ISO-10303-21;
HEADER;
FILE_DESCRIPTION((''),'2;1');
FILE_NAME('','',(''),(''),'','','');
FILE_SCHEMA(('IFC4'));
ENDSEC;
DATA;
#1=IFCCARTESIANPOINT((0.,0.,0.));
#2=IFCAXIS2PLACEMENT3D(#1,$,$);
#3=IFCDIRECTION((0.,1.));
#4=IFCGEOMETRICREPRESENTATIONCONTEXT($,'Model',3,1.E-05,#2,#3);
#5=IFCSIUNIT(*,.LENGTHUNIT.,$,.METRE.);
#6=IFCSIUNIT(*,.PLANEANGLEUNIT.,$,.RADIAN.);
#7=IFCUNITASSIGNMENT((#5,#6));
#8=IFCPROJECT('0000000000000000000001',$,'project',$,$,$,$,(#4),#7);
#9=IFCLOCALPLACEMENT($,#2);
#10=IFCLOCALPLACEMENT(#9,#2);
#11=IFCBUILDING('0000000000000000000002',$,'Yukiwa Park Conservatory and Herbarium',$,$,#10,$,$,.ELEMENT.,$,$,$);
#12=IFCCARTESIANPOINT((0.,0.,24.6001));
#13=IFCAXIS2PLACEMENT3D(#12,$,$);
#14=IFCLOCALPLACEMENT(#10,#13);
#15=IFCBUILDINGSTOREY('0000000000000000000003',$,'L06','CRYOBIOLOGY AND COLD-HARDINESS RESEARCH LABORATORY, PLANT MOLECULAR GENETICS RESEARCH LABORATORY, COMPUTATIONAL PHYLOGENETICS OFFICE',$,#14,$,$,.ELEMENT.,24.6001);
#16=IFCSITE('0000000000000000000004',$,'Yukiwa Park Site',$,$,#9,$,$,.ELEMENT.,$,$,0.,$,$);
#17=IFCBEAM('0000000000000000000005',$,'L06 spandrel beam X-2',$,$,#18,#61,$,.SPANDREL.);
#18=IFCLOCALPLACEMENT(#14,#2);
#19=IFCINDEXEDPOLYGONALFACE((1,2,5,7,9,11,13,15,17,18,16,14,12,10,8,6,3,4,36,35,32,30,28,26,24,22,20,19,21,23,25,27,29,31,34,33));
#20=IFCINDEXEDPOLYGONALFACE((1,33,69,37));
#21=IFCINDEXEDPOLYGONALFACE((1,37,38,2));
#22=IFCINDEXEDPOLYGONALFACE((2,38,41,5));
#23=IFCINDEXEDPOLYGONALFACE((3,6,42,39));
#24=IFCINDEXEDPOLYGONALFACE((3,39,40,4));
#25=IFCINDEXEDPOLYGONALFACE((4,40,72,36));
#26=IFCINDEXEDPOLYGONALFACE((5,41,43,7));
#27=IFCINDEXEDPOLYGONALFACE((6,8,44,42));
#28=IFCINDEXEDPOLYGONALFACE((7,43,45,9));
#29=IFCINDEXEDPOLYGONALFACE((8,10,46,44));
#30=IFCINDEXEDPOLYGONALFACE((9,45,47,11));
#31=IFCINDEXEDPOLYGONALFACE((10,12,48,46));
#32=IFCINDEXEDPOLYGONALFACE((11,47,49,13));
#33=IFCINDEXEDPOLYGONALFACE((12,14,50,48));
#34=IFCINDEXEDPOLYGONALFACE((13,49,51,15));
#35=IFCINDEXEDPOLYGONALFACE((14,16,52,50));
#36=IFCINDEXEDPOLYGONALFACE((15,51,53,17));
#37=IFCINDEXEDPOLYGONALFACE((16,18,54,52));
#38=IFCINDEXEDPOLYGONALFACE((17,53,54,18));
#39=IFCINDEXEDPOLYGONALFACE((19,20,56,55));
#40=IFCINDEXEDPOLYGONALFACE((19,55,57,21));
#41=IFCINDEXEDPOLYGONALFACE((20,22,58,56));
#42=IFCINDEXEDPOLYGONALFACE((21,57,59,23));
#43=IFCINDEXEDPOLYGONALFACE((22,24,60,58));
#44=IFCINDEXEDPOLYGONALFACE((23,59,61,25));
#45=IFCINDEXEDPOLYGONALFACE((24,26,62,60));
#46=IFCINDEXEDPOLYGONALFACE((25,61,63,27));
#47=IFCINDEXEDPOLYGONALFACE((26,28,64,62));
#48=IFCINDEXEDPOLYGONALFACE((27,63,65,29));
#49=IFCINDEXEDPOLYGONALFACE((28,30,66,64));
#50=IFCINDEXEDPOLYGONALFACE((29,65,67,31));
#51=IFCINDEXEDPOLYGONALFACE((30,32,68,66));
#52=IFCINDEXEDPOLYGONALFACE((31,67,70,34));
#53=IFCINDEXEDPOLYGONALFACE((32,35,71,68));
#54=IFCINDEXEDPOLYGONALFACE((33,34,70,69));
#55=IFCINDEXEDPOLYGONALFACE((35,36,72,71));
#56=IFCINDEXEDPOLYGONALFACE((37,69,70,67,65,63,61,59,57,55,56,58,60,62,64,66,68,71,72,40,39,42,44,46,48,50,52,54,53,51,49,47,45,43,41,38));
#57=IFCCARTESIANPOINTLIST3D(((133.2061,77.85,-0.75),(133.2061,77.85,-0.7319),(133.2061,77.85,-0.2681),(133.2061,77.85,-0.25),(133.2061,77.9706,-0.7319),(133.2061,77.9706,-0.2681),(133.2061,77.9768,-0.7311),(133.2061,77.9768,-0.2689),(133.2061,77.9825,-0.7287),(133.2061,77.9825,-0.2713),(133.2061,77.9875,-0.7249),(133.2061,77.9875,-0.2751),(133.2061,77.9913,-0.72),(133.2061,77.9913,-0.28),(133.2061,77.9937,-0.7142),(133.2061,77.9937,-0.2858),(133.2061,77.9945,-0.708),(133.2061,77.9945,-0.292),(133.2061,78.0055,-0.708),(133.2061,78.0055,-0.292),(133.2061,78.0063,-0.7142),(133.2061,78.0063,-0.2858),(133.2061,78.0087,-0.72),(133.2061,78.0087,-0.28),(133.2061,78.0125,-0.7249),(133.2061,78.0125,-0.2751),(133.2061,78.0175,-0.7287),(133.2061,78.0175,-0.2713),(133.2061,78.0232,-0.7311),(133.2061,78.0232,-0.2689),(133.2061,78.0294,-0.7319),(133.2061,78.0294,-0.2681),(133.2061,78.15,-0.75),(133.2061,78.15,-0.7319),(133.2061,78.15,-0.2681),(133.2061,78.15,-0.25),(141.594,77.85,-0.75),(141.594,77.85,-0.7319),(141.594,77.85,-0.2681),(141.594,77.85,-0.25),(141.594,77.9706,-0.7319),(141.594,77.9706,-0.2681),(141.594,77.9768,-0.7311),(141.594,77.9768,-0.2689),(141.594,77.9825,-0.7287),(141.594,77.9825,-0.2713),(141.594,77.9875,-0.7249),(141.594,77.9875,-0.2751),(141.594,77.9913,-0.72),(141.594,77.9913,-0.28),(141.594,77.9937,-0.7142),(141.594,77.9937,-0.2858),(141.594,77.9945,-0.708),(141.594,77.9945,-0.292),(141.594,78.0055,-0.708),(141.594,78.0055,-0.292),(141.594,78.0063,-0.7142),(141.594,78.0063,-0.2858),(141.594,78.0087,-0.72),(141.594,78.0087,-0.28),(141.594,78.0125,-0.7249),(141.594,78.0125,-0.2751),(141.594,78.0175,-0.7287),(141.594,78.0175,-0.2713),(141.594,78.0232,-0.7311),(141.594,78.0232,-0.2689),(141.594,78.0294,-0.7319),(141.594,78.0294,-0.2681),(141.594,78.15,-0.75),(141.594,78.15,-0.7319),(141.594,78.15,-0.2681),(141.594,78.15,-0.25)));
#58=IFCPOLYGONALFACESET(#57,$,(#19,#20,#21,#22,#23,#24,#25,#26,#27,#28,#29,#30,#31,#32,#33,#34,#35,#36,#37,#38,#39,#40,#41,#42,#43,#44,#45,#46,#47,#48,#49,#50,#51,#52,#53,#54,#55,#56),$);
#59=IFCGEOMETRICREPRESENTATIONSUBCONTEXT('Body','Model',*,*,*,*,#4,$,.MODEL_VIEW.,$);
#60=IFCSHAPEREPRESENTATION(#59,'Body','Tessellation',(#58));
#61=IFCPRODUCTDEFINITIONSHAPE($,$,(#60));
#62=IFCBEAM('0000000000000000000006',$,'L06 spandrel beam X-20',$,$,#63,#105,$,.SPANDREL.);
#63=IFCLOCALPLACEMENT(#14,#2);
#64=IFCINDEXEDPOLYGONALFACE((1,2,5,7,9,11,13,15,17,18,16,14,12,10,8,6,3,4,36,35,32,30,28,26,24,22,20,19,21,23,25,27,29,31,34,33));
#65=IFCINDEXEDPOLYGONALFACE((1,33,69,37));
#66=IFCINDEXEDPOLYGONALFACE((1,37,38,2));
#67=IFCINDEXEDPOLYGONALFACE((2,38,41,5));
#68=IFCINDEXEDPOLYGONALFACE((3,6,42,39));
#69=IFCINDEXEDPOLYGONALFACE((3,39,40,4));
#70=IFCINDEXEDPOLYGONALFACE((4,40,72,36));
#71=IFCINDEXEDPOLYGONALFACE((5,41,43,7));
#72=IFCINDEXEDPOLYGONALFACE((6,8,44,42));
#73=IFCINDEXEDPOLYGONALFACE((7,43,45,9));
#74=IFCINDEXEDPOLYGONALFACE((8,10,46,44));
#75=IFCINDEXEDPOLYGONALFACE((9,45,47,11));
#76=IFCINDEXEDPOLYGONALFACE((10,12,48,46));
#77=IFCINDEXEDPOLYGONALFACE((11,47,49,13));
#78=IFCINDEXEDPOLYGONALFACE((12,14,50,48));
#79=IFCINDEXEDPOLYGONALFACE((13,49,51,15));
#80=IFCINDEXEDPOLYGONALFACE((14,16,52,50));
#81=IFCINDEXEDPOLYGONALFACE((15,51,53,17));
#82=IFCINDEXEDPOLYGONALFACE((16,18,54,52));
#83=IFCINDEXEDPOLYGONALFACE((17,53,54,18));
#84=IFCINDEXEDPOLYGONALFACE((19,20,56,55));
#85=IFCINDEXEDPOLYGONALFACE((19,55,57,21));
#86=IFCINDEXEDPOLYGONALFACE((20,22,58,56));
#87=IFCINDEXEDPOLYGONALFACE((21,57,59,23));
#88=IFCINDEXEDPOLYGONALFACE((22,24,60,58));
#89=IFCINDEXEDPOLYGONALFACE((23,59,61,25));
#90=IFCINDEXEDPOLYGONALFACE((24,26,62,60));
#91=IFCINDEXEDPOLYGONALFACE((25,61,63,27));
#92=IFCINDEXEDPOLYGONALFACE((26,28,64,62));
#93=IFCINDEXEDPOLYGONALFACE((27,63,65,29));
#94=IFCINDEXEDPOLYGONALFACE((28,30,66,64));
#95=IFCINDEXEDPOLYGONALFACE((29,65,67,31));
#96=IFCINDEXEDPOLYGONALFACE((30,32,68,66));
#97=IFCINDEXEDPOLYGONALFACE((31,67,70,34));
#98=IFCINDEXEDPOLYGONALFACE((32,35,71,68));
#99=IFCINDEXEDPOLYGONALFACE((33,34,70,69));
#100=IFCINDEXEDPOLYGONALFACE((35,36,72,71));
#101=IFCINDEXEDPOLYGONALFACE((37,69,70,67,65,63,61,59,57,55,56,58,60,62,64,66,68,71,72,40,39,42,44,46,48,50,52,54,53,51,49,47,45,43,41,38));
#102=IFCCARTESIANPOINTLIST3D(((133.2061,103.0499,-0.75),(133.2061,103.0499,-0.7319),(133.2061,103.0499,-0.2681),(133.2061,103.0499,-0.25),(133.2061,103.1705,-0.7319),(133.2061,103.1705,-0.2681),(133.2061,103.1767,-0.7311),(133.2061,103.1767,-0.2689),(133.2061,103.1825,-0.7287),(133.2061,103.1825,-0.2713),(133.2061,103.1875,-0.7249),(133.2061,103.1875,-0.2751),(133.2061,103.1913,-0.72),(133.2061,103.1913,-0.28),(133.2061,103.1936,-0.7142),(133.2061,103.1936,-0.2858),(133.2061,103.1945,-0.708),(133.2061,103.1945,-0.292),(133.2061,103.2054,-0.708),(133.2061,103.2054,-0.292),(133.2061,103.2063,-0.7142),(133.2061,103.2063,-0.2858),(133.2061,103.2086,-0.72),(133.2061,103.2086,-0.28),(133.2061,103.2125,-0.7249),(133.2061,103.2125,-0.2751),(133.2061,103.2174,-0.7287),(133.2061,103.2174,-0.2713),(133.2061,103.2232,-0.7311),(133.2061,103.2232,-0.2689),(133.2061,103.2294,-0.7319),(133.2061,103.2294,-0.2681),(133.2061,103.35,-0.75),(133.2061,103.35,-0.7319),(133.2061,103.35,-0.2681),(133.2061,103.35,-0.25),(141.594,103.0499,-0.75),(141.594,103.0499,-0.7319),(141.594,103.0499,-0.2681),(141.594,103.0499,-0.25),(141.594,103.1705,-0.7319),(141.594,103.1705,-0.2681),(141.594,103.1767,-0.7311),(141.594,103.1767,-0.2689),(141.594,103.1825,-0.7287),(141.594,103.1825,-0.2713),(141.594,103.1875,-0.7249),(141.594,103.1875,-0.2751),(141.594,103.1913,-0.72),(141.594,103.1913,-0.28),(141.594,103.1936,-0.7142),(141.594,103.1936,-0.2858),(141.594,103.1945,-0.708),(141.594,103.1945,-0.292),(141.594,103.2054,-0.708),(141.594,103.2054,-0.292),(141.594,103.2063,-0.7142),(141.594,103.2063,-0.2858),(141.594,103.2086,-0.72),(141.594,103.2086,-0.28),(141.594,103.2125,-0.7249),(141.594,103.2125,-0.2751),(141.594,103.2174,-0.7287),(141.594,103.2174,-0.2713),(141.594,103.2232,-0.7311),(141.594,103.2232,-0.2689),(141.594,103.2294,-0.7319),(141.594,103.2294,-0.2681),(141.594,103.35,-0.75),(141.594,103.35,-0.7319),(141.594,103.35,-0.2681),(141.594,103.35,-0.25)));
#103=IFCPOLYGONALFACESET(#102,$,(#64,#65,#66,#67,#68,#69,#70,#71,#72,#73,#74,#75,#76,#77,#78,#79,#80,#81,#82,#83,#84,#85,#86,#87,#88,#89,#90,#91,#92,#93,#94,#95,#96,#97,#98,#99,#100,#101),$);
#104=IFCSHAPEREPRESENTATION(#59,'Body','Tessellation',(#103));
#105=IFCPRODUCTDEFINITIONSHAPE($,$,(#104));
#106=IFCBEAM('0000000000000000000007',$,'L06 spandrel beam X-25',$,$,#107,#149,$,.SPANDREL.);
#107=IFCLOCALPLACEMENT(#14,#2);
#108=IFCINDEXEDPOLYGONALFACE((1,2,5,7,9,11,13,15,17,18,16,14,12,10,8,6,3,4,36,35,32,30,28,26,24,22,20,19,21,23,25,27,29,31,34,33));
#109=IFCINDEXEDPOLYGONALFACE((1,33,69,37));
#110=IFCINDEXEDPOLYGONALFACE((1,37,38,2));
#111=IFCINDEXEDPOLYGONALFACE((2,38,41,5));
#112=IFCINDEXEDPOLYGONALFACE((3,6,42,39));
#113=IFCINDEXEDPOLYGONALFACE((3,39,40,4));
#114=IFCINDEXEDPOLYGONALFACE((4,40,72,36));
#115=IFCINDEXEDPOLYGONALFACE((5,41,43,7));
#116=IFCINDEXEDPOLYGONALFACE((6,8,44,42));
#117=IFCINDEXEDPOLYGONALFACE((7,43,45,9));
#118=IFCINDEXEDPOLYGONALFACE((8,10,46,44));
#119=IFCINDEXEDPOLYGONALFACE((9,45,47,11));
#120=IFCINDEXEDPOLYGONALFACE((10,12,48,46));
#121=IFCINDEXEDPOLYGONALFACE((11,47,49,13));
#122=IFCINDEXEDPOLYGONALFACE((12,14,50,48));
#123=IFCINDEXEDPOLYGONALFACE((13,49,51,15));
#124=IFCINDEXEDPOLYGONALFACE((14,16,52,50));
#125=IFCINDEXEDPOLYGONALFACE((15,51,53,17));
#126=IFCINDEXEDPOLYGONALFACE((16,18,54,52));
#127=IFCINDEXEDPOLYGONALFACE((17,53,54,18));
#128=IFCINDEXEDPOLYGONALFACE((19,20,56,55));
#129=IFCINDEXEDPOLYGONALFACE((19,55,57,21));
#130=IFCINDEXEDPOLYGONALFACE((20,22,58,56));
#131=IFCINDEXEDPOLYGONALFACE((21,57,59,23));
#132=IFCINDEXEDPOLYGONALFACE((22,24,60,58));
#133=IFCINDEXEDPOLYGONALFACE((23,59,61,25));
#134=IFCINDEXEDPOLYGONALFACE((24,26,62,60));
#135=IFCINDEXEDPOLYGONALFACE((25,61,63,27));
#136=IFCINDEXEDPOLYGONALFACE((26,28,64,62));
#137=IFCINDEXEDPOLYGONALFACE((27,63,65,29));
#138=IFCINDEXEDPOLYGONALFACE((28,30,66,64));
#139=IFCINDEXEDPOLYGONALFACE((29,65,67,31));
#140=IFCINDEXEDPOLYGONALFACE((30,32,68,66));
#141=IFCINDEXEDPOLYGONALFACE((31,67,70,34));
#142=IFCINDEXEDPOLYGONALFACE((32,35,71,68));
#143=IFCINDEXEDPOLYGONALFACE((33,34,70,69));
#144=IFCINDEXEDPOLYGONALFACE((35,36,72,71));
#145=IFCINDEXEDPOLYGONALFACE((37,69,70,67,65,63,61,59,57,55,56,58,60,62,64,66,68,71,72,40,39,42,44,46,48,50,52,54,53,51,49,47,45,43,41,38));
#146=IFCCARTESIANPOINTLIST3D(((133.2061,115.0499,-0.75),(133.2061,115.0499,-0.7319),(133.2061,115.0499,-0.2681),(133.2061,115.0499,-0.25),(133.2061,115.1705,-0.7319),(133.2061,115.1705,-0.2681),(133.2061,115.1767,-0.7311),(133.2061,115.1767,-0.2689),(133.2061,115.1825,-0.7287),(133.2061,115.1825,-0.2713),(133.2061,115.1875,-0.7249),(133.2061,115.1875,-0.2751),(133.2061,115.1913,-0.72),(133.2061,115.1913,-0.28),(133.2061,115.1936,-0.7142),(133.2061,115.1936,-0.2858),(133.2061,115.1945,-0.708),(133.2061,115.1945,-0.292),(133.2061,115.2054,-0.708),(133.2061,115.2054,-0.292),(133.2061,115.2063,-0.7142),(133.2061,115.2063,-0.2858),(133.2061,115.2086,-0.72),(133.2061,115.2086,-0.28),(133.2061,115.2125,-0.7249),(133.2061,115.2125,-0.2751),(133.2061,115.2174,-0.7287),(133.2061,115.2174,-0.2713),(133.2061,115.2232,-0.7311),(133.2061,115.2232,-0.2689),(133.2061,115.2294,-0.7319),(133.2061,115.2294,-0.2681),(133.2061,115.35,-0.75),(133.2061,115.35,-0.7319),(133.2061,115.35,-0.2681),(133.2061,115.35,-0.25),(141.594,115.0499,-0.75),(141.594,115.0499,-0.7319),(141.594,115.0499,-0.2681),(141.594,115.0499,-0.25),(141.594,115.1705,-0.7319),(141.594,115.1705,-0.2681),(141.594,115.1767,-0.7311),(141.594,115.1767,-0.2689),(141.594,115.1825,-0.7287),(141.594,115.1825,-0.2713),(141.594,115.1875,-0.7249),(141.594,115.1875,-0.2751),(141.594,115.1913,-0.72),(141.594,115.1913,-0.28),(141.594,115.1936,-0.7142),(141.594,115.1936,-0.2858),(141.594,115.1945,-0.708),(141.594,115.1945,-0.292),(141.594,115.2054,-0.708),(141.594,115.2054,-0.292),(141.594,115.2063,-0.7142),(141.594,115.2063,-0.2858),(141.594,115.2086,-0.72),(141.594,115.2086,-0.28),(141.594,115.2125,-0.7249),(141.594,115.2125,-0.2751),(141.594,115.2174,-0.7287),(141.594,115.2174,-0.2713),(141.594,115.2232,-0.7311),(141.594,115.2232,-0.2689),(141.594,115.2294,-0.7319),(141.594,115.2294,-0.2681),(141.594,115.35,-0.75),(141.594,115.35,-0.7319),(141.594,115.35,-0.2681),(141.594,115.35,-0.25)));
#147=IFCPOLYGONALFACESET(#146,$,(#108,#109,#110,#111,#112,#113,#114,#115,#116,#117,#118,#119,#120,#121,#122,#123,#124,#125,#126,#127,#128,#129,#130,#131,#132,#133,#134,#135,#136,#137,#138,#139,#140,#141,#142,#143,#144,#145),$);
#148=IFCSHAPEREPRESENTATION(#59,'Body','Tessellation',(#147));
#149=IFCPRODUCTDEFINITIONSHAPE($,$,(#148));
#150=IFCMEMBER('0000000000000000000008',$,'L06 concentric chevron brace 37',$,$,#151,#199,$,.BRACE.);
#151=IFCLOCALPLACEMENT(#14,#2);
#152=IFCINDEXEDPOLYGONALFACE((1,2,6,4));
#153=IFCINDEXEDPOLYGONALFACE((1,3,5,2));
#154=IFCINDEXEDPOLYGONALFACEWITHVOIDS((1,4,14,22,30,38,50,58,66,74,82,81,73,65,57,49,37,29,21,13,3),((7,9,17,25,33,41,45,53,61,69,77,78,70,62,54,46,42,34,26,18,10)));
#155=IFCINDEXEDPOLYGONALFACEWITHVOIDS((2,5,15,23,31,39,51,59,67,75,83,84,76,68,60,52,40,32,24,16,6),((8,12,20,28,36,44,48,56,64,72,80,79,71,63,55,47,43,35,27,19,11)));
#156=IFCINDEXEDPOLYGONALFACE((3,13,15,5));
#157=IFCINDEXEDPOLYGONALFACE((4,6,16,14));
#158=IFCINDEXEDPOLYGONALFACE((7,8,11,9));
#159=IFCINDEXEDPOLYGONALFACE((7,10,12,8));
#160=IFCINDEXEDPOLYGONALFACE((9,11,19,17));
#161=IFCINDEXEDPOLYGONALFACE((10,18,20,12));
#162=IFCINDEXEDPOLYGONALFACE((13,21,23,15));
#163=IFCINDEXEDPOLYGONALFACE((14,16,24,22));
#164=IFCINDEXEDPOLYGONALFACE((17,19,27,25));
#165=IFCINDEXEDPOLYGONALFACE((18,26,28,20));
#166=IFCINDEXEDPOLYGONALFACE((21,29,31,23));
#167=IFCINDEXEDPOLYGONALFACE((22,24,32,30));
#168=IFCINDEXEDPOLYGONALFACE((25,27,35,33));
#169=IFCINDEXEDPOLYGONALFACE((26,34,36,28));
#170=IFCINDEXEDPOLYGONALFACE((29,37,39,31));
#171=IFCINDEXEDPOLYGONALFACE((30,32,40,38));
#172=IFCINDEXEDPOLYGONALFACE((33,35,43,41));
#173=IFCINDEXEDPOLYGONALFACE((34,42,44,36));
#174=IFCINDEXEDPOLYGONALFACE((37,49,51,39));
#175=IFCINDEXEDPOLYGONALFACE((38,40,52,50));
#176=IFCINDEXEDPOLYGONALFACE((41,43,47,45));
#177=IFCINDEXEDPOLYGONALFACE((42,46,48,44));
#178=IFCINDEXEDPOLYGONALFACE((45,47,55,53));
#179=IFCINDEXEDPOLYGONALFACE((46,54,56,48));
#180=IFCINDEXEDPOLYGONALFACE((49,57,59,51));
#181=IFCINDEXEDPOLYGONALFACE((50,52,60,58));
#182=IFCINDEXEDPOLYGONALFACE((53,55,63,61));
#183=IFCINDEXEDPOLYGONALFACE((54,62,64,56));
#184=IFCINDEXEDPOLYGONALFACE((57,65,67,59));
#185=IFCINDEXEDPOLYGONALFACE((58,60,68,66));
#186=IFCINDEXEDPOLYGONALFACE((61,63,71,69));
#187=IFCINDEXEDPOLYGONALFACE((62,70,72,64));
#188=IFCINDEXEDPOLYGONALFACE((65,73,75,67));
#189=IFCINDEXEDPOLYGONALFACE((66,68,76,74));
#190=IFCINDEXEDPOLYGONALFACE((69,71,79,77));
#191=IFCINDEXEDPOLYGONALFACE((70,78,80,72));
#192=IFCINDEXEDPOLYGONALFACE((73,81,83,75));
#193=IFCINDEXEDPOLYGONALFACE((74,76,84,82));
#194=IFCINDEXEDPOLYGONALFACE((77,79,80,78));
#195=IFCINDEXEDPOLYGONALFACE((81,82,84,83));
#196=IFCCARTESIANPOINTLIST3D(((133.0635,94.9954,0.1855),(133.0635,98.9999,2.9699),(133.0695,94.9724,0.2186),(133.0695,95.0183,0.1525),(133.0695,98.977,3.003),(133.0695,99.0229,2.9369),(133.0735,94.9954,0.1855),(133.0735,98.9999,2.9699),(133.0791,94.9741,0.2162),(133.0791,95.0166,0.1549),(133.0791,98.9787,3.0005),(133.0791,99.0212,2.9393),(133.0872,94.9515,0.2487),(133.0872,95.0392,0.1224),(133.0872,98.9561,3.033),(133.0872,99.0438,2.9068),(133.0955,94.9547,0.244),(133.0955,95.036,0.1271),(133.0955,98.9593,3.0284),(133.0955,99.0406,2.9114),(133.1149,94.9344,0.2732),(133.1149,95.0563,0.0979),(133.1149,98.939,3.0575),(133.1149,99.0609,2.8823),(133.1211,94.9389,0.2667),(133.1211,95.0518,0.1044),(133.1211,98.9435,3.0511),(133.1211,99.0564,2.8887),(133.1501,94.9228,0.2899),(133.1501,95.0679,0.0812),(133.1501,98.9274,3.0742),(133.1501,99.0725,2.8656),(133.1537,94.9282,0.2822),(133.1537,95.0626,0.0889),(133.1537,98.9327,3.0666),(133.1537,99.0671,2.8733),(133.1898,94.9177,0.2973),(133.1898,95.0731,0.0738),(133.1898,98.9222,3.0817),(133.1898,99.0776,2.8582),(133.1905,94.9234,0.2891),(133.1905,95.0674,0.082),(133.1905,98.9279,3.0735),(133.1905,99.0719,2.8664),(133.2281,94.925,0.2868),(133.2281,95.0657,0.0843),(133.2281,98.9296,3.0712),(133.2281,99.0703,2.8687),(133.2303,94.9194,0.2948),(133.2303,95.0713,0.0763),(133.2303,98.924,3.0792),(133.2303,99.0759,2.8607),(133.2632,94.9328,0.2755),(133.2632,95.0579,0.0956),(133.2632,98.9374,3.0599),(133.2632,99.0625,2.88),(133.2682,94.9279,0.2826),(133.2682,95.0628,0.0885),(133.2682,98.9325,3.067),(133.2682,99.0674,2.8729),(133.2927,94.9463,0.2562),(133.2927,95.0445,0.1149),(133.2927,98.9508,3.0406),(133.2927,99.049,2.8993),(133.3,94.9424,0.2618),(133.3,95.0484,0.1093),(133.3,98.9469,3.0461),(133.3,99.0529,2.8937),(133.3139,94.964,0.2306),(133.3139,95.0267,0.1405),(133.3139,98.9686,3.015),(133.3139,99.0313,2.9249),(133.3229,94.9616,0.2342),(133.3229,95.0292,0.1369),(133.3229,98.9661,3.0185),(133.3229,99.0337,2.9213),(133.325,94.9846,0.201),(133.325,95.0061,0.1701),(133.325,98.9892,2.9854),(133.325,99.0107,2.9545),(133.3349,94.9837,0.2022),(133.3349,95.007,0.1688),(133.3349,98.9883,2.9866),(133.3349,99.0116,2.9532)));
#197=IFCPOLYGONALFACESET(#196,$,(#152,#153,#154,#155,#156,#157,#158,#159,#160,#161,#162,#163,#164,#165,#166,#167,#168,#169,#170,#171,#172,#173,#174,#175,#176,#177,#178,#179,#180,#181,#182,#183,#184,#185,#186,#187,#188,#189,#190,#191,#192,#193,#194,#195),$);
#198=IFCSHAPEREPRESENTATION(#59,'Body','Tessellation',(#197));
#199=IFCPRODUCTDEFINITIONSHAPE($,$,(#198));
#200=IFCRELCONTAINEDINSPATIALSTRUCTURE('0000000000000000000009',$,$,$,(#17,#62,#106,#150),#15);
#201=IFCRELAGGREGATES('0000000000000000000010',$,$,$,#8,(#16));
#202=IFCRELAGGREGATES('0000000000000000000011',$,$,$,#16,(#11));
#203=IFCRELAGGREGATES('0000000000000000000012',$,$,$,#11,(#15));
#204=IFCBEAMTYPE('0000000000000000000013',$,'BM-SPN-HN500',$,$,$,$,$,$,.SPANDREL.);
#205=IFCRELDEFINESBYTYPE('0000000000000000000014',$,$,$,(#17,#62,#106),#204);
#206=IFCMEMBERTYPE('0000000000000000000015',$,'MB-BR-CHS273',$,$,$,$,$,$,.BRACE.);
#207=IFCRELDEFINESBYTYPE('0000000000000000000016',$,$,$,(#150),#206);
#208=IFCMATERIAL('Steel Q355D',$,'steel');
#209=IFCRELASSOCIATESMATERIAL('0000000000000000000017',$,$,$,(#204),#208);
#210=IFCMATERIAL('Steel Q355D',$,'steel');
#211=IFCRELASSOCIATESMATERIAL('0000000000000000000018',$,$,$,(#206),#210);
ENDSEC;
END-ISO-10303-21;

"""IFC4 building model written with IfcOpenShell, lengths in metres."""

from ifc_helpers import new_model, si_unit, direction, frame, origin, origin_2d, place, context, subcontext, project, spatial, hollow_circle, i_section, extrude, material, material_profile, profile_set, type_object, element, save


model = new_model("IFC4")

# Units and contexts
model_context = context("Model", 3, precision=1e-05, world=origin(), true_north=direction((0.0, 1.0)))
body_context = subcontext(model_context, "Body", "Model", "MODEL_VIEW")
ifc_project = project(units=[si_unit("LENGTHUNIT", "METRE"), si_unit("PLANEANGLEUNIT", "RADIAN")], contexts=[model_context])

# Site, building, storey
site_placement = place(None, origin())
site = spatial("IfcSite", under=ifc_project, at=site_placement, Name="Yukiwa Park Site", CompositionType="ELEMENT", RefElevation=0.0)
building_placement = place(site_placement, origin())
building = spatial("IfcBuilding", under=site, at=building_placement, Name="Yukiwa Park Conservatory and Herbarium", CompositionType="ELEMENT")
storey_placement = place(building_placement, frame((0.0, 0.0, 24.6001)))
storey = spatial("IfcBuildingStorey", under=building, at=storey_placement, Name="L06", Description="CRYOBIOLOGY AND COLD-HARDINESS RESEARCH LABORATORY, PLANT MOLECULAR GENETICS RESEARCH LABORATORY, COMPUTATIONAL PHYLOGENETICS OFFICE", CompositionType="ELEMENT", Elevation=24.6001)

# Beams
ifc_material_1 = material(Name="Steel Q355D", Category="steel")
ifc_material_profile_1 = material_profile(ifc_material_1, i_section(OverallWidth=0.3, OverallDepth=0.5, WebThickness=0.011, FlangeThickness=0.0181, FilletRadius=0.0239, at=origin_2d()), Name="HM 500x300x11x18")
ifc_profile_set_1 = profile_set([ifc_material_profile_1], Name="Steel Q355D")
beam_type_1 = type_object("IfcBeamType", Name="BM-SPN-HN500", PredefinedType="SPANDREL", material=ifc_profile_set_1)
for number, where, z_axis, x_axis, name in (
    (1, (133.2061, 78.0, -0.5), (1.0, 0.0, 0.0), (0.0, 1.0, 0.0), "L06 spandrel beam X-2"),
    (2, (133.2061, 103.2, -0.5), (1.0, 0.0, 0.0), (0.0, 1.0, 0.0), "L06 spandrel beam X-20"),
    (3, (133.2061, 115.2, -0.5), (1.0, 0.0, 0.0), (0.0, 1.0, 0.0), "L06 spandrel beam X-25"),
):
    element("IfcBeam", number, at=place(storey_placement, frame(where, z_axis=z_axis, x_axis=x_axis)), inside=storey, type_object=beam_type_1, Name=name, PredefinedType="SPANDREL", context=body_context, shape_type="SweptSolid", body=[
        extrude(i_section(OverallWidth=0.3, OverallDepth=0.5, WebThickness=0.011, FlangeThickness=0.0181, FilletRadius=0.0239, at=origin_2d()), origin(), (0.0, 0.0, 1.0), 8.3879),
    ])

# Member
ifc_material_2 = material(Name="Steel Q355D", Category="steel")
ifc_material_profile_2 = material_profile(ifc_material_2, hollow_circle(Radius=0.1365, WallThickness=0.01, at=origin_2d()), Name="CHS 273x10")
ifc_profile_set_2 = profile_set([ifc_material_profile_2], Name="Steel Q355D")
member_type_1 = type_object("IfcMemberType", Name="MB-BR-CHS273", PredefinedType="BRACE", material=ifc_profile_set_2)
for number, where, z_axis, x_axis, name in (
    (4, (133.2, 94.9954, 0.1855), (0.0, 0.821041, 0.570869), (-1.0, 0.0, 0.0), "L06 concentric chevron brace 37"),
):
    element("IfcMember", number, at=place(storey_placement, frame(where, z_axis=z_axis, x_axis=x_axis)), inside=storey, type_object=member_type_1, Name=name, PredefinedType="BRACE", context=body_context, shape_type="SweptSolid", body=[
        extrude(hollow_circle(Radius=0.1365, WallThickness=0.01, at=origin_2d()), origin(), (0.0, 0.0, 1.0), 4.8774),
    ])

save(model, "model.ifc")
